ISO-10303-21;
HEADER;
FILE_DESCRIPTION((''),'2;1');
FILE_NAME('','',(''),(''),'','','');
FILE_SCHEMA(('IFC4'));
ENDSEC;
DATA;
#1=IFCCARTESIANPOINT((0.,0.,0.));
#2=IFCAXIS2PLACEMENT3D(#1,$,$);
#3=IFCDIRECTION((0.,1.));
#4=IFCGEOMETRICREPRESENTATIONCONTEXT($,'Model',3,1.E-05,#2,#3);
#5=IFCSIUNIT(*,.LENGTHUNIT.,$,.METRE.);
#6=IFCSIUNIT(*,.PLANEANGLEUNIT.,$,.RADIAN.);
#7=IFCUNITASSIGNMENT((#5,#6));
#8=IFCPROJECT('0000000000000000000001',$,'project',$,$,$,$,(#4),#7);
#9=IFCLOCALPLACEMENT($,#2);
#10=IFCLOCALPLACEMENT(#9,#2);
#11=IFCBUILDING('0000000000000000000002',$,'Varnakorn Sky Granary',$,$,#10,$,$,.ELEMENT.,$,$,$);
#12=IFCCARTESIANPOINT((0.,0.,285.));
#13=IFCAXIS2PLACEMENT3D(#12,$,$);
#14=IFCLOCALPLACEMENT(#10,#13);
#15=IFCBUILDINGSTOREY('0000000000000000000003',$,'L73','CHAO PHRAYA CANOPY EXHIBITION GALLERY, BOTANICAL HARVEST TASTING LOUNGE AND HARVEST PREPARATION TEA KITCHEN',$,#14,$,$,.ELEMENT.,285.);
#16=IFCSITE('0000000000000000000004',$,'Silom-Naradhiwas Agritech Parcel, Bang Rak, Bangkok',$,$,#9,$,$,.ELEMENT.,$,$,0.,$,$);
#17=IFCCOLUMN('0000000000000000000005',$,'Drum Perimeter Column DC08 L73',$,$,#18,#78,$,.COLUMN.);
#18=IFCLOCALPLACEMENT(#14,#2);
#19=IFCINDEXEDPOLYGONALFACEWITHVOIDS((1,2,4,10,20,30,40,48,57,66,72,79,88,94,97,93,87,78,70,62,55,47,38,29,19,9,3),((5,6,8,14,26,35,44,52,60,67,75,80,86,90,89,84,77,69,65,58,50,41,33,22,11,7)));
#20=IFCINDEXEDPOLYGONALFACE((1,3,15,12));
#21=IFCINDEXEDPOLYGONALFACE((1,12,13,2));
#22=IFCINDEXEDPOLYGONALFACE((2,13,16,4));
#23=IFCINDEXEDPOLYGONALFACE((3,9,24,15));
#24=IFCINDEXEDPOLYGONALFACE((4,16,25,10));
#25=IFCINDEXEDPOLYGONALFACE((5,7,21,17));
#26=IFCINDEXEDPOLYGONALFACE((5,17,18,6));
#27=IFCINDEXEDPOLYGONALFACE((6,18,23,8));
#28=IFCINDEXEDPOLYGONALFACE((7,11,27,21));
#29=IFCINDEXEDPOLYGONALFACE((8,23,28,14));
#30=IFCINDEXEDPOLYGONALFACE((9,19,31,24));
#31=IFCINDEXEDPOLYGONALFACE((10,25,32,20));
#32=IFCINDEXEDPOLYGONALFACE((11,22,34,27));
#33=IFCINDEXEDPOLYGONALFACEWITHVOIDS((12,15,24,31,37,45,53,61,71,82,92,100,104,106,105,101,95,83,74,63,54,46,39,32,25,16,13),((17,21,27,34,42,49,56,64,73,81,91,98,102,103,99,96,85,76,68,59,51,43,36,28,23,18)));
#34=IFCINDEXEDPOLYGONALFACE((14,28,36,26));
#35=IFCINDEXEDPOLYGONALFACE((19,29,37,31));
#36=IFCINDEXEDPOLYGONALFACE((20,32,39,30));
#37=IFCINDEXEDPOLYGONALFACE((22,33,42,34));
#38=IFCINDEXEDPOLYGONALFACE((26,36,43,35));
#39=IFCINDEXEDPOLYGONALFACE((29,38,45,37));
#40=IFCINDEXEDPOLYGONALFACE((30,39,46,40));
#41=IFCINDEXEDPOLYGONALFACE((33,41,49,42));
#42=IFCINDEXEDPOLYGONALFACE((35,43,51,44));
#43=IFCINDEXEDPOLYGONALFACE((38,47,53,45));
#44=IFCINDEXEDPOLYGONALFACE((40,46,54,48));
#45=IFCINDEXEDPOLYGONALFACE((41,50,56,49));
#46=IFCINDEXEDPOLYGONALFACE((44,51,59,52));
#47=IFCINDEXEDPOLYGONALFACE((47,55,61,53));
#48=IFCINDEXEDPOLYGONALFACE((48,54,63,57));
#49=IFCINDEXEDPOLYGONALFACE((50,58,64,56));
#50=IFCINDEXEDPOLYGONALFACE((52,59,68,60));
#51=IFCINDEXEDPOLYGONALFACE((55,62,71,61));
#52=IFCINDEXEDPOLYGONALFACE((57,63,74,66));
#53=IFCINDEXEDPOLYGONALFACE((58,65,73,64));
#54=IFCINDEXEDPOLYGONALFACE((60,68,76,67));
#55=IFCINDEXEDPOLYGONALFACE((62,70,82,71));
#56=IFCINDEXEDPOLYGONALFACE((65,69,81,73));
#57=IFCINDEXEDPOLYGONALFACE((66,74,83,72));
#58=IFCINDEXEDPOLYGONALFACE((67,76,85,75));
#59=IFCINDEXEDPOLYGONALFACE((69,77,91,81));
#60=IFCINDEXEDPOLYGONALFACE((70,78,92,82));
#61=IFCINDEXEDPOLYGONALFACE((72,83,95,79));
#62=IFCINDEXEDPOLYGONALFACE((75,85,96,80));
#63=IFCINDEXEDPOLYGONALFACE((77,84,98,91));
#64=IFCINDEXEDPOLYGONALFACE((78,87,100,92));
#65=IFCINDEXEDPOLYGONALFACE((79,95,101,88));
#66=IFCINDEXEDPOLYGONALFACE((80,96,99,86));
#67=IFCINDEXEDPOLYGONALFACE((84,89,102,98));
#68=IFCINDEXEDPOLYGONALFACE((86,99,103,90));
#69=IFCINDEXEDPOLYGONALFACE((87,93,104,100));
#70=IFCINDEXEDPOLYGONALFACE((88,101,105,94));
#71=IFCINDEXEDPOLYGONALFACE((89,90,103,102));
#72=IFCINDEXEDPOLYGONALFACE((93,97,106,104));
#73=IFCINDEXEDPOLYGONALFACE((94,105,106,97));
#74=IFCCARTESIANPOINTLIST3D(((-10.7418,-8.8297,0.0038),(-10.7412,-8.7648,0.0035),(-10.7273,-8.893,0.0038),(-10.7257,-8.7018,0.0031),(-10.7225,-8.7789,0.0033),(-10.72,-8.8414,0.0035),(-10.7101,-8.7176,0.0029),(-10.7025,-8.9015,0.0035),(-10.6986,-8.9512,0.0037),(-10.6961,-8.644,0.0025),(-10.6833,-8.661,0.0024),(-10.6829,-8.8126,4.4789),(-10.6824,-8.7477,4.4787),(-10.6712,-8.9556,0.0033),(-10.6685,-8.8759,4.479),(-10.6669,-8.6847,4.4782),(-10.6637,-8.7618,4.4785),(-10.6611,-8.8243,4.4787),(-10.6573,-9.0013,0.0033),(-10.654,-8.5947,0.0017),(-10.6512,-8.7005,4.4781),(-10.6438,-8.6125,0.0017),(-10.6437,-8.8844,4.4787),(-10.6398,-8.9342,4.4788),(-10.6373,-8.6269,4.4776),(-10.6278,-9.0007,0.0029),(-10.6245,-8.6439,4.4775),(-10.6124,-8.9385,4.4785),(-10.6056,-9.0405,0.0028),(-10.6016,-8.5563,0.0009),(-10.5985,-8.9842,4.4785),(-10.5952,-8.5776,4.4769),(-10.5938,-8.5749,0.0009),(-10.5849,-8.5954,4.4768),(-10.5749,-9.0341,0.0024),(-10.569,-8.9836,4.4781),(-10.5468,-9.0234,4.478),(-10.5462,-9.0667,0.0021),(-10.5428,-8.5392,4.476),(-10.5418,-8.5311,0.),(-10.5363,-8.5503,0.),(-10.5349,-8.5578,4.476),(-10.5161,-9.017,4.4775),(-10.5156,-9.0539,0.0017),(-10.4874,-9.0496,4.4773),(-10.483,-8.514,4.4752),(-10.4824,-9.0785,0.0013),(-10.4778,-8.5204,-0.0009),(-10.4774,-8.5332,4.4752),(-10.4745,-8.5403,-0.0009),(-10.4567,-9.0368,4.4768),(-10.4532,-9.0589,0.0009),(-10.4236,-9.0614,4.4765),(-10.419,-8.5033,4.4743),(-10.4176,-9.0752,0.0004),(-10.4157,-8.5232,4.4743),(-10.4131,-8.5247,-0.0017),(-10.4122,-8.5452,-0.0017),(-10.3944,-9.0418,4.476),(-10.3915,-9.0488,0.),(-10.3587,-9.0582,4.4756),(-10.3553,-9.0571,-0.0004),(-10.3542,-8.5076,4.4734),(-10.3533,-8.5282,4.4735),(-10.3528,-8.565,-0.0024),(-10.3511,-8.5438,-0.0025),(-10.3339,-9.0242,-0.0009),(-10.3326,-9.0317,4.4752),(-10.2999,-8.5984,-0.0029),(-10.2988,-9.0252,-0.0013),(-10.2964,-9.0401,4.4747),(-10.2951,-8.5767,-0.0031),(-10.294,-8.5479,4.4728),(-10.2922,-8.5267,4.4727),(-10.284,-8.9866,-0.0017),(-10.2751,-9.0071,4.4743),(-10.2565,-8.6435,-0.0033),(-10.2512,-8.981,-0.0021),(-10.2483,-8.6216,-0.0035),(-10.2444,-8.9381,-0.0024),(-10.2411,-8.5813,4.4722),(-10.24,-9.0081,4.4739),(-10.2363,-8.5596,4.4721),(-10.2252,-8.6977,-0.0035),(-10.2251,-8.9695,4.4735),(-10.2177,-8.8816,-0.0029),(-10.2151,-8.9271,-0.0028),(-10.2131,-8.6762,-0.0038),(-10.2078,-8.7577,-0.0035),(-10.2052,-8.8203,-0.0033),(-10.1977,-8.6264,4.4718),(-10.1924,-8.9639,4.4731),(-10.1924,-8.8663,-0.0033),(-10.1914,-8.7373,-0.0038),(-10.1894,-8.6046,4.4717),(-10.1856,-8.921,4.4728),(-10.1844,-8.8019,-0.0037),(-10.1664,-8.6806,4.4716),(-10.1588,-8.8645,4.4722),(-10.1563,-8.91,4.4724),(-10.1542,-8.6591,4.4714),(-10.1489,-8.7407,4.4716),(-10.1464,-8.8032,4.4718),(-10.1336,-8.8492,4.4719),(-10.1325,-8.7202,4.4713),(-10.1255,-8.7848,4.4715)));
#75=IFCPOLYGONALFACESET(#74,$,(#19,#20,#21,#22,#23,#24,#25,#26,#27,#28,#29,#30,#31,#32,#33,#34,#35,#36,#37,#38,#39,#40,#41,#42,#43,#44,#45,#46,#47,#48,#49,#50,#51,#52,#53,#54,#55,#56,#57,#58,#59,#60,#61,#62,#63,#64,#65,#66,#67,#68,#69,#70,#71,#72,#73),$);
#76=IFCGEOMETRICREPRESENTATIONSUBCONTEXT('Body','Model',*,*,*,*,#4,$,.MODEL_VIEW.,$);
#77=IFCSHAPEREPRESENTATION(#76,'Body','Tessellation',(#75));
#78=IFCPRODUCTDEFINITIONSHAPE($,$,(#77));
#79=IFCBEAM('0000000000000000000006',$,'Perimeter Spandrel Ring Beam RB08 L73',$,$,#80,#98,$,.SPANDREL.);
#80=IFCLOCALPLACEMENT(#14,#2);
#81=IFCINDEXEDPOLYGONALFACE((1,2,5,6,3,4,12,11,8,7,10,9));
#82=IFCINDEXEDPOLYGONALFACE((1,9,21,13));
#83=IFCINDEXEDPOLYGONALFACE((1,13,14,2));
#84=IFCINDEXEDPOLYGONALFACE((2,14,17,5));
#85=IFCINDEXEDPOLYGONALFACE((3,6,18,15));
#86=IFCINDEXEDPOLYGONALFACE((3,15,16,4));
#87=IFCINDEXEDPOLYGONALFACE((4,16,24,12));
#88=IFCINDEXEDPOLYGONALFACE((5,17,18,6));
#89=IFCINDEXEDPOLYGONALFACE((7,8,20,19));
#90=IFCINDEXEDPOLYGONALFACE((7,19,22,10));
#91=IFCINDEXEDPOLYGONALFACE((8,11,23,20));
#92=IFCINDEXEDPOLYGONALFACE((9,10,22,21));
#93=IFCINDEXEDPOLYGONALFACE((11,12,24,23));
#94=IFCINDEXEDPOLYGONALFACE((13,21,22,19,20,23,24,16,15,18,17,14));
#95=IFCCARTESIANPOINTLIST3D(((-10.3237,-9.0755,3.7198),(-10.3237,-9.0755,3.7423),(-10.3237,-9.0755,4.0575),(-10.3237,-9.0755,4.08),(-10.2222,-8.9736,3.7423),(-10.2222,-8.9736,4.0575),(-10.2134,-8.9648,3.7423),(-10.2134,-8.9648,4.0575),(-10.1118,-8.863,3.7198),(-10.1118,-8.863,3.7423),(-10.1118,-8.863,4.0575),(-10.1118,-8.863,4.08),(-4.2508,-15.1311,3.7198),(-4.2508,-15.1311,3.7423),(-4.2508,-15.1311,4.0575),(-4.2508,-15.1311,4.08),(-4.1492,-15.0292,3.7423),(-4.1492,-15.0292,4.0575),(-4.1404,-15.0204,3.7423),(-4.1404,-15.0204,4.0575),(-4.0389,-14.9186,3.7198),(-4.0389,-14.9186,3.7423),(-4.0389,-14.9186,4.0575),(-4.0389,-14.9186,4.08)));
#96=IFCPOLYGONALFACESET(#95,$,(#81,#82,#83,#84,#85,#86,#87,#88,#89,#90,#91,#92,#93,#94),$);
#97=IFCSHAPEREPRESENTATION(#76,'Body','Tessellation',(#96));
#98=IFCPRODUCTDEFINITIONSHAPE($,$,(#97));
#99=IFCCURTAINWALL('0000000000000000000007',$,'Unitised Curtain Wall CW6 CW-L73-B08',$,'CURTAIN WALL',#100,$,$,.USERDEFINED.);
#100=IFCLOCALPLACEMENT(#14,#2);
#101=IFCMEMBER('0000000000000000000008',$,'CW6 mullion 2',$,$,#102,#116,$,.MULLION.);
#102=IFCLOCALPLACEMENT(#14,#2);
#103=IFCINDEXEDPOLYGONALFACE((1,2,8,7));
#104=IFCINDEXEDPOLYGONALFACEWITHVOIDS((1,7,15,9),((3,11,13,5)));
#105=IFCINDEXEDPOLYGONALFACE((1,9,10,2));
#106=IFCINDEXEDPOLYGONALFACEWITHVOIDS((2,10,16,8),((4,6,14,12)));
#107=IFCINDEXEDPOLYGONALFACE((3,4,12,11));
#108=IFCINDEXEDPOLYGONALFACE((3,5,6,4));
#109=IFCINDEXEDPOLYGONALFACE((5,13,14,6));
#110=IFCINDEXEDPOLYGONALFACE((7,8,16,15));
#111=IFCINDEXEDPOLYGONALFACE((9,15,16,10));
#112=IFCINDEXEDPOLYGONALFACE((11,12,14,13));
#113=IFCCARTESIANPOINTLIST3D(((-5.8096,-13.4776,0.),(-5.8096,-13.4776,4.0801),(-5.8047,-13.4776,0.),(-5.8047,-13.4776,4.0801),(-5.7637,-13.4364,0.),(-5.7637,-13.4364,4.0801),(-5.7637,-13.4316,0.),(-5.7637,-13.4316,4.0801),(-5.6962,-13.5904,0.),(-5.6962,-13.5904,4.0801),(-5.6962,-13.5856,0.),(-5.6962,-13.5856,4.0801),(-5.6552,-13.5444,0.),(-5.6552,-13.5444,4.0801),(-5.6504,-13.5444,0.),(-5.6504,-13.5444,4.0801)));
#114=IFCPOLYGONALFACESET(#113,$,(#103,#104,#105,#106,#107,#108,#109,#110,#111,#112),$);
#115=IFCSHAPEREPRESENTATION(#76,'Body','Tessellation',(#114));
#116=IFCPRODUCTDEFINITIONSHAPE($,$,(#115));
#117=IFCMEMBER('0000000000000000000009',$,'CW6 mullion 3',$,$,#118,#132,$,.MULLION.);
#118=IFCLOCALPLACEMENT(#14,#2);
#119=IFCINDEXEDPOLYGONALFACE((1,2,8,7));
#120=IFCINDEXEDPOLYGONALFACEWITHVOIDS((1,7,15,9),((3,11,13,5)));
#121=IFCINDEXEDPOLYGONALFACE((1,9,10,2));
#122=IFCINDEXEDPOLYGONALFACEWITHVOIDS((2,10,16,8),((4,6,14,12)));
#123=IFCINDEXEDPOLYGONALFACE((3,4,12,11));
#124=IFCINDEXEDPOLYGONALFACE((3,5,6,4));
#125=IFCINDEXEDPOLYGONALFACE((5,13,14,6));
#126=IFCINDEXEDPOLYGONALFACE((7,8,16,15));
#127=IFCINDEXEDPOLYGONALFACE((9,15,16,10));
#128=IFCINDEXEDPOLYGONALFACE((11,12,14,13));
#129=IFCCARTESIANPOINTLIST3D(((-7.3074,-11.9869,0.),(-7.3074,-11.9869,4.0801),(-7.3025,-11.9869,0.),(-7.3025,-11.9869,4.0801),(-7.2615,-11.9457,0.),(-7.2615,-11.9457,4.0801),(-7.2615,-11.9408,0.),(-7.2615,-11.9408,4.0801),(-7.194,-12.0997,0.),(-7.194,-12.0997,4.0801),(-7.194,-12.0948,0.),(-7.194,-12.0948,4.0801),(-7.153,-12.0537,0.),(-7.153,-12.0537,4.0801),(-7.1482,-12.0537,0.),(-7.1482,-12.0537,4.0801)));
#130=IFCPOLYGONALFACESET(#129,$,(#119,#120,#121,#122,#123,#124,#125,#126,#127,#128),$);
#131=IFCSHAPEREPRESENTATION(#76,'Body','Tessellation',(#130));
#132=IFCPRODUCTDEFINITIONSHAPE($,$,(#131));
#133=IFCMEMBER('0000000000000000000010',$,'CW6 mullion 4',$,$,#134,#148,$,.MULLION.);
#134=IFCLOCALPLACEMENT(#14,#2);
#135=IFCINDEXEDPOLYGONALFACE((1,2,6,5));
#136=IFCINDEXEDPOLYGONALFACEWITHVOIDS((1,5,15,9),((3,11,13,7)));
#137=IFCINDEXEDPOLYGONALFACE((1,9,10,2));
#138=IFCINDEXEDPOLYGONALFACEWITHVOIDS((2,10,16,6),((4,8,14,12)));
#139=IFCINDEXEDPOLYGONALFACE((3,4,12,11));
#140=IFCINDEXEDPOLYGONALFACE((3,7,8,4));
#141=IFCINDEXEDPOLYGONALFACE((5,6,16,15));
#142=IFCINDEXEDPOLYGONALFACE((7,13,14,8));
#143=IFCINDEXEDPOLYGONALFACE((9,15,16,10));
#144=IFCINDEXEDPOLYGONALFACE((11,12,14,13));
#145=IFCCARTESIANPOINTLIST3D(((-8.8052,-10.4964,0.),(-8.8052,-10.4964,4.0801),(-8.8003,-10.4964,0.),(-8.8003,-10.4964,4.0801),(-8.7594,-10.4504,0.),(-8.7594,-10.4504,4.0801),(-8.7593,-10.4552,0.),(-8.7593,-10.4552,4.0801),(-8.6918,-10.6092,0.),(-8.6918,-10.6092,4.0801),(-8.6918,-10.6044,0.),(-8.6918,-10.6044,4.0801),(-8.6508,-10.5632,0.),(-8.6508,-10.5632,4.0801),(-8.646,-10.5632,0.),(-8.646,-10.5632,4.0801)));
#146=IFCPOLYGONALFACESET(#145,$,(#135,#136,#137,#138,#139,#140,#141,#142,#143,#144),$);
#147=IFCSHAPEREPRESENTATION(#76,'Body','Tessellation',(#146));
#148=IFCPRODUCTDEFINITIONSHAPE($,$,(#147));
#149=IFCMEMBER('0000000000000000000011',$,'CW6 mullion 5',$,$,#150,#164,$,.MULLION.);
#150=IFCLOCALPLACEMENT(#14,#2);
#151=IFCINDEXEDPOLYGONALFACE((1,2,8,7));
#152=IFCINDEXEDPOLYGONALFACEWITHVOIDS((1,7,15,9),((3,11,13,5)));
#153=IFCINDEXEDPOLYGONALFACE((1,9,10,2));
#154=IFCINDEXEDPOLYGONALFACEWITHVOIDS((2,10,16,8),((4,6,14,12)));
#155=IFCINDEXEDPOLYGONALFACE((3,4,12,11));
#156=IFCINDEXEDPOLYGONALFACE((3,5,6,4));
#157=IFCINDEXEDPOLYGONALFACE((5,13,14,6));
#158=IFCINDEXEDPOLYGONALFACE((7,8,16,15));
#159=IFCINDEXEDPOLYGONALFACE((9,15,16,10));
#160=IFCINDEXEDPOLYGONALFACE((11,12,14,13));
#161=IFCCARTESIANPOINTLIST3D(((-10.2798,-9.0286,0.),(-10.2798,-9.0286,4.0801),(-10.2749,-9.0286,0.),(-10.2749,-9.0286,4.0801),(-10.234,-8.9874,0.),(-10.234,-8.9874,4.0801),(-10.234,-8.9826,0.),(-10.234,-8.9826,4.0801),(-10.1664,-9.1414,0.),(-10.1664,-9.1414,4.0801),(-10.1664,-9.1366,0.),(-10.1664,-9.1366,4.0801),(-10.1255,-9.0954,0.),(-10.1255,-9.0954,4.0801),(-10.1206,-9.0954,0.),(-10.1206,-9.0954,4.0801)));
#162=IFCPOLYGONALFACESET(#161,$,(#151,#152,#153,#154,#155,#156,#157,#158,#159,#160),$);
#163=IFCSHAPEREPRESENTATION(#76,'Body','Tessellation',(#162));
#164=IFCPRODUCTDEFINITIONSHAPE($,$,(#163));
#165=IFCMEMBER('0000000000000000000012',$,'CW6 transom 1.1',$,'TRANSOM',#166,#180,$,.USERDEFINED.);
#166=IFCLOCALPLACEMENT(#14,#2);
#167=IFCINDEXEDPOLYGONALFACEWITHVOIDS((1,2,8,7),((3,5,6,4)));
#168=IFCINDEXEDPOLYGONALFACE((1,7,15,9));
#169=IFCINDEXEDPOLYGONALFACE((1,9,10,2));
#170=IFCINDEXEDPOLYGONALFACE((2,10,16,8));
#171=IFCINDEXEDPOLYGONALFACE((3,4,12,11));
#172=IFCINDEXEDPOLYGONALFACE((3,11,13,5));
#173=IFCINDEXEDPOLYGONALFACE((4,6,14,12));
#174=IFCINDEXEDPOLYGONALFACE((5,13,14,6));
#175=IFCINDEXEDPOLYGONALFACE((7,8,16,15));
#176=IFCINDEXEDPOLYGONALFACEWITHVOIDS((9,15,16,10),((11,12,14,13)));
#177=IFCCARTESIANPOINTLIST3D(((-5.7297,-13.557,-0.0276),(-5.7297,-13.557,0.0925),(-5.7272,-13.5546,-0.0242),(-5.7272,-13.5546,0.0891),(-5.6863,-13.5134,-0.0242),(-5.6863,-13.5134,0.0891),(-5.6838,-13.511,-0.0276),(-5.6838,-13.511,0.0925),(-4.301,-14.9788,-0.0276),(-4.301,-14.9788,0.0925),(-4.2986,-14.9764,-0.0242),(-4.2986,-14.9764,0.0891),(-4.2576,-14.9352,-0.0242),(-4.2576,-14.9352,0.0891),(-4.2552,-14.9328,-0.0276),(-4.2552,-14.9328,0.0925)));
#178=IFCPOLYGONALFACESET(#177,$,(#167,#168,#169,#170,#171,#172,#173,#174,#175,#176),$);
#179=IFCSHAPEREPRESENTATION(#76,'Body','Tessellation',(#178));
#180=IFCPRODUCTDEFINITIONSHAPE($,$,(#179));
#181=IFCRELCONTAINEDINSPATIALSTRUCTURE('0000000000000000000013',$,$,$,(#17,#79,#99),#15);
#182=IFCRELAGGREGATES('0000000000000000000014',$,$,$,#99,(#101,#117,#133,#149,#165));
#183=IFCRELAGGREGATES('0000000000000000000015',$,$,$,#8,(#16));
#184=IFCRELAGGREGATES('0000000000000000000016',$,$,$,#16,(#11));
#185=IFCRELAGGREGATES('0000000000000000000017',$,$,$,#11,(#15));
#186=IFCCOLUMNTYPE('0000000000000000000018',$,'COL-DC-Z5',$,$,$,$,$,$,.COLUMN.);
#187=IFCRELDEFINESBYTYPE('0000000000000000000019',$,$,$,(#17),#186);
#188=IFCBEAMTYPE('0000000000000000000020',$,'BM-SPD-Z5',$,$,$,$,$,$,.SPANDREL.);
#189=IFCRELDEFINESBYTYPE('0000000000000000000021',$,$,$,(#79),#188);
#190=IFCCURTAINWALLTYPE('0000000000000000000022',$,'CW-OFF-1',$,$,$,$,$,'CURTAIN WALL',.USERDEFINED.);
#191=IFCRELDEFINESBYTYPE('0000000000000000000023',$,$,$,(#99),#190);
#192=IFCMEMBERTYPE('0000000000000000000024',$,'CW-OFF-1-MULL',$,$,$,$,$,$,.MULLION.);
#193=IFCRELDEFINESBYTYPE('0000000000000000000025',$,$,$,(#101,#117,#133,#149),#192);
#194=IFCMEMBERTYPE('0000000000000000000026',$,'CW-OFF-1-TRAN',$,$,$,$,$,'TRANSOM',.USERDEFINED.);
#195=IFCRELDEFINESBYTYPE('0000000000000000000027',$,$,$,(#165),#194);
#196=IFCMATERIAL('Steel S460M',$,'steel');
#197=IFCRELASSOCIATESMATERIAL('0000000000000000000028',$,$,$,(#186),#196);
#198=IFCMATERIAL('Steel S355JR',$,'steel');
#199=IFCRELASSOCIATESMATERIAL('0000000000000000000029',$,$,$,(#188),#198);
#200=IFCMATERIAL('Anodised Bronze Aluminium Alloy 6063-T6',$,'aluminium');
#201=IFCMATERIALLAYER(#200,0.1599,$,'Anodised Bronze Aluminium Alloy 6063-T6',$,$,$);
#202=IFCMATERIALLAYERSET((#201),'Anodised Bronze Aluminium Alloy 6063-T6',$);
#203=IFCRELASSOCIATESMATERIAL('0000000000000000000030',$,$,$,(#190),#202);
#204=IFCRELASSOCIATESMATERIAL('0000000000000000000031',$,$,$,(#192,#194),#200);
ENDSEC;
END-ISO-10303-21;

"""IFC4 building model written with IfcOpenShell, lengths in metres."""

from ifc_helpers import new_model, si_unit, direction, frame, origin, origin_2d, place, context, subcontext, project, spatial, hollow_rectangle, hollow_circle, i_section, extrude, material, layer, layer_set, material_profile, profile_set, type_object, element, aggregate, save


model = new_model("IFC4")

# Units and contexts
model_context = context("Model", 3, precision=1e-05, world=origin(), true_north=direction((0.0, 1.0)))
body_context = subcontext(model_context, "Body", "Model", "MODEL_VIEW")
ifc_project = project(units=[si_unit("LENGTHUNIT", "METRE"), si_unit("PLANEANGLEUNIT", "RADIAN")], contexts=[model_context])

# Site, building, storey
site_placement = place(None, origin())
site = spatial("IfcSite", under=ifc_project, at=site_placement, Name="Silom-Naradhiwas Agritech Parcel, Bang Rak, Bangkok", CompositionType="ELEMENT", RefElevation=0.0)
building_placement = place(site_placement, origin())
building = spatial("IfcBuilding", under=site, at=building_placement, Name="Varnakorn Sky Granary", CompositionType="ELEMENT")
storey_placement = place(building_placement, frame((0.0, 0.0, 285.0)))
storey = spatial("IfcBuildingStorey", under=building, at=storey_placement, Name="L73", Description="CHAO PHRAYA CANOPY EXHIBITION GALLERY, BOTANICAL HARVEST TASTING LOUNGE AND HARVEST PREPARATION TEA KITCHEN", CompositionType="ELEMENT", Elevation=285.0)

# Column
ifc_material_1 = material(Name="Steel S460M", Category="steel")
ifc_material_profile_1 = material_profile(ifc_material_1, hollow_circle(Radius=0.2795, WallThickness=0.02, at=origin_2d()), Name="CHS 559x20")
ifc_profile_set_1 = profile_set([ifc_material_profile_1], Name="Steel S460M")
column_type = type_object("IfcColumnType", Name="COL-DC-Z5", PredefinedType="COLUMN", material=ifc_profile_set_1)
column_placement = place(storey_placement, frame((-10.4639, -8.7996, 0.0), z_axis=(0.013147, 0.003819, 0.999906), x_axis=(-0.278929, 0.960312, 0.0)))
element("IfcColumn", 1, at=column_placement, inside=storey, type_object=column_type, Name="Drum Perimeter Column DC08 L73", PredefinedType="COLUMN", context=body_context, shape_type="SweptSolid", body=[
    extrude(hollow_circle(Radius=0.2795, WallThickness=0.02, at=origin_2d()), origin(), (0.0, 0.0, 1.0), 4.4756),
])

# Beam
ifc_material_2 = material(Name="Steel S355JR", Category="steel")
ifc_material_profile_2 = material_profile(ifc_material_2, i_section(OverallWidth=0.3, OverallDepth=0.3601, WebThickness=0.0125, FlangeThickness=0.0225, at=origin_2d()), Name="HE 360 B")
ifc_profile_set_2 = profile_set([ifc_material_profile_2], Name="Steel S355JR")
beam_type = type_object("IfcBeamType", Name="BM-SPD-Z5", PredefinedType="SPANDREL", material=ifc_profile_set_2)
beam_placement = place(storey_placement, frame((-10.2178, -8.9692, 3.8999), z_axis=(0.708117, -0.706095, 0.0), x_axis=(0.706095, 0.708117, 0.0)))
element("IfcBeam", 2, at=beam_placement, inside=storey, type_object=beam_type, Name="Perimeter Spandrel Ring Beam RB08 L73", PredefinedType="SPANDREL", context=body_context, shape_type="SweptSolid", body=[
    extrude(i_section(OverallWidth=0.3, OverallDepth=0.3601, WebThickness=0.0125, FlangeThickness=0.0225, at=origin_2d()), origin(), (0.0, 0.0, 1.0), 8.5762),
])

# Curtain wall, members
ifc_material_3 = material(Name="Anodised Bronze Aluminium Alloy 6063-T6", Category="aluminium")
ifc_layer_1 = layer(ifc_material_3, 0.1599, Name="Anodised Bronze Aluminium Alloy 6063-T6")
ifc_layer_set_1 = layer_set([ifc_layer_1], Name="Anodised Bronze Aluminium Alloy 6063-T6")
curtain_wall_type = type_object("IfcCurtainWallType", Name="CW-OFF-1", ElementType="CURTAIN WALL", PredefinedType="USERDEFINED", material=ifc_layer_set_1)
curtain_wall_placement = place(storey_placement, origin())
curtain_wall = element("IfcCurtainWall", 3, at=curtain_wall_placement, inside=storey, type_object=curtain_wall_type, Name="Unitised Curtain Wall CW6 CW-L73-B08", ObjectType="CURTAIN WALL", PredefinedType="USERDEFINED")
ifc_material_profile_3 = material_profile(ifc_material_3, hollow_rectangle(XDim=0.0649, YDim=0.1599, WallThickness=0.0034, at=origin_2d()), Name="ALU MULL 65x160")
ifc_profile_set_3 = profile_set([ifc_material_profile_3], Name="Anodised Bronze Aluminium Alloy 6063-T6")
member_type_1 = type_object("IfcMemberType", Name="CW-OFF-1-MULL", PredefinedType="MULLION", material=ifc_profile_set_3)
member_1_placement = place(storey_placement, frame((-5.73, -13.511, 0.0), z_axis=(0.0, 0.0, 1.0), x_axis=(-0.705419, -0.708791, 0.0)))
member_1 = element("IfcMember", 4, at=member_1_placement, type_object=member_type_1, Name="CW6 mullion 2", PredefinedType="MULLION", context=body_context, shape_type="SweptSolid", body=[
    extrude(hollow_rectangle(XDim=0.0649, YDim=0.1599, WallThickness=0.0034, at=origin_2d()), origin(), (0.0, 0.0, 1.0), 4.0801),
])
member_2_placement = place(storey_placement, frame((-7.2278, -12.0203, 0.0), z_axis=(0.0, 0.0, 1.0), x_axis=(-0.705419, -0.708791, 0.0)))
member_2 = element("IfcMember", 5, at=member_2_placement, type_object=member_type_1, Name="CW6 mullion 3", PredefinedType="MULLION", context=body_context, shape_type="SweptSolid", body=[
    extrude(hollow_rectangle(XDim=0.0649, YDim=0.1599, WallThickness=0.0034, at=origin_2d()), origin(), (0.0, 0.0, 1.0), 4.0801),
])
member_3_placement = place(storey_placement, frame((-8.7256, -10.5298, 0.0), z_axis=(0.0, 0.0, 1.0), x_axis=(-0.705419, -0.708791, 0.0)))
member_3 = element("IfcMember", 6, at=member_3_placement, type_object=member_type_1, Name="CW6 mullion 4", PredefinedType="MULLION", context=body_context, shape_type="SweptSolid", body=[
    extrude(hollow_rectangle(XDim=0.0649, YDim=0.1599, WallThickness=0.0034, at=origin_2d()), origin(), (0.0, 0.0, 1.0), 4.0801),
])
member_4_placement = place(storey_placement, frame((-10.2002, -9.062, 0.0), z_axis=(0.0, 0.0, 1.0), x_axis=(-0.705419, -0.708791, 0.0)))
member_4 = element("IfcMember", 7, at=member_4_placement, type_object=member_type_1, Name="CW6 mullion 5", PredefinedType="MULLION", context=body_context, shape_type="SweptSolid", body=[
    extrude(hollow_rectangle(XDim=0.0649, YDim=0.1599, WallThickness=0.0034, at=origin_2d()), origin(), (0.0, 0.0, 1.0), 4.0801),
])
ifc_material_profile_4 = material_profile(ifc_material_3, hollow_rectangle(XDim=0.0649, YDim=0.1201, WallThickness=0.0034, at=origin_2d()), Name="ALU TRAN 65x120")
ifc_profile_set_4 = profile_set([ifc_material_profile_4], Name="Anodised Bronze Aluminium Alloy 6063-T6")
member_type_2 = type_object("IfcMemberType", Name="CW-OFF-1-TRAN", ElementType="TRANSOM", PredefinedType="USERDEFINED", material=ifc_profile_set_4)
member_5_placement = place(storey_placement, frame((-4.2781, -14.9558, 0.0325), z_axis=(-0.7088, 0.705409, 0.0), x_axis=(-0.705409, -0.7088, 0.0)))
member_5 = element("IfcMember", 8, at=member_5_placement, type_object=member_type_2, Name="CW6 transom 1.1", ObjectType="TRANSOM", PredefinedType="USERDEFINED", context=body_context, shape_type="SweptSolid", body=[
    extrude(hollow_rectangle(XDim=0.0649, YDim=0.1201, WallThickness=0.0034, at=origin_2d()), origin(), (0.0, 0.0, 1.0), 2.0156),
])

aggregate(curtain_wall, [member_1, member_2, member_3, member_4, member_5])

save(model, "model.ifc")
